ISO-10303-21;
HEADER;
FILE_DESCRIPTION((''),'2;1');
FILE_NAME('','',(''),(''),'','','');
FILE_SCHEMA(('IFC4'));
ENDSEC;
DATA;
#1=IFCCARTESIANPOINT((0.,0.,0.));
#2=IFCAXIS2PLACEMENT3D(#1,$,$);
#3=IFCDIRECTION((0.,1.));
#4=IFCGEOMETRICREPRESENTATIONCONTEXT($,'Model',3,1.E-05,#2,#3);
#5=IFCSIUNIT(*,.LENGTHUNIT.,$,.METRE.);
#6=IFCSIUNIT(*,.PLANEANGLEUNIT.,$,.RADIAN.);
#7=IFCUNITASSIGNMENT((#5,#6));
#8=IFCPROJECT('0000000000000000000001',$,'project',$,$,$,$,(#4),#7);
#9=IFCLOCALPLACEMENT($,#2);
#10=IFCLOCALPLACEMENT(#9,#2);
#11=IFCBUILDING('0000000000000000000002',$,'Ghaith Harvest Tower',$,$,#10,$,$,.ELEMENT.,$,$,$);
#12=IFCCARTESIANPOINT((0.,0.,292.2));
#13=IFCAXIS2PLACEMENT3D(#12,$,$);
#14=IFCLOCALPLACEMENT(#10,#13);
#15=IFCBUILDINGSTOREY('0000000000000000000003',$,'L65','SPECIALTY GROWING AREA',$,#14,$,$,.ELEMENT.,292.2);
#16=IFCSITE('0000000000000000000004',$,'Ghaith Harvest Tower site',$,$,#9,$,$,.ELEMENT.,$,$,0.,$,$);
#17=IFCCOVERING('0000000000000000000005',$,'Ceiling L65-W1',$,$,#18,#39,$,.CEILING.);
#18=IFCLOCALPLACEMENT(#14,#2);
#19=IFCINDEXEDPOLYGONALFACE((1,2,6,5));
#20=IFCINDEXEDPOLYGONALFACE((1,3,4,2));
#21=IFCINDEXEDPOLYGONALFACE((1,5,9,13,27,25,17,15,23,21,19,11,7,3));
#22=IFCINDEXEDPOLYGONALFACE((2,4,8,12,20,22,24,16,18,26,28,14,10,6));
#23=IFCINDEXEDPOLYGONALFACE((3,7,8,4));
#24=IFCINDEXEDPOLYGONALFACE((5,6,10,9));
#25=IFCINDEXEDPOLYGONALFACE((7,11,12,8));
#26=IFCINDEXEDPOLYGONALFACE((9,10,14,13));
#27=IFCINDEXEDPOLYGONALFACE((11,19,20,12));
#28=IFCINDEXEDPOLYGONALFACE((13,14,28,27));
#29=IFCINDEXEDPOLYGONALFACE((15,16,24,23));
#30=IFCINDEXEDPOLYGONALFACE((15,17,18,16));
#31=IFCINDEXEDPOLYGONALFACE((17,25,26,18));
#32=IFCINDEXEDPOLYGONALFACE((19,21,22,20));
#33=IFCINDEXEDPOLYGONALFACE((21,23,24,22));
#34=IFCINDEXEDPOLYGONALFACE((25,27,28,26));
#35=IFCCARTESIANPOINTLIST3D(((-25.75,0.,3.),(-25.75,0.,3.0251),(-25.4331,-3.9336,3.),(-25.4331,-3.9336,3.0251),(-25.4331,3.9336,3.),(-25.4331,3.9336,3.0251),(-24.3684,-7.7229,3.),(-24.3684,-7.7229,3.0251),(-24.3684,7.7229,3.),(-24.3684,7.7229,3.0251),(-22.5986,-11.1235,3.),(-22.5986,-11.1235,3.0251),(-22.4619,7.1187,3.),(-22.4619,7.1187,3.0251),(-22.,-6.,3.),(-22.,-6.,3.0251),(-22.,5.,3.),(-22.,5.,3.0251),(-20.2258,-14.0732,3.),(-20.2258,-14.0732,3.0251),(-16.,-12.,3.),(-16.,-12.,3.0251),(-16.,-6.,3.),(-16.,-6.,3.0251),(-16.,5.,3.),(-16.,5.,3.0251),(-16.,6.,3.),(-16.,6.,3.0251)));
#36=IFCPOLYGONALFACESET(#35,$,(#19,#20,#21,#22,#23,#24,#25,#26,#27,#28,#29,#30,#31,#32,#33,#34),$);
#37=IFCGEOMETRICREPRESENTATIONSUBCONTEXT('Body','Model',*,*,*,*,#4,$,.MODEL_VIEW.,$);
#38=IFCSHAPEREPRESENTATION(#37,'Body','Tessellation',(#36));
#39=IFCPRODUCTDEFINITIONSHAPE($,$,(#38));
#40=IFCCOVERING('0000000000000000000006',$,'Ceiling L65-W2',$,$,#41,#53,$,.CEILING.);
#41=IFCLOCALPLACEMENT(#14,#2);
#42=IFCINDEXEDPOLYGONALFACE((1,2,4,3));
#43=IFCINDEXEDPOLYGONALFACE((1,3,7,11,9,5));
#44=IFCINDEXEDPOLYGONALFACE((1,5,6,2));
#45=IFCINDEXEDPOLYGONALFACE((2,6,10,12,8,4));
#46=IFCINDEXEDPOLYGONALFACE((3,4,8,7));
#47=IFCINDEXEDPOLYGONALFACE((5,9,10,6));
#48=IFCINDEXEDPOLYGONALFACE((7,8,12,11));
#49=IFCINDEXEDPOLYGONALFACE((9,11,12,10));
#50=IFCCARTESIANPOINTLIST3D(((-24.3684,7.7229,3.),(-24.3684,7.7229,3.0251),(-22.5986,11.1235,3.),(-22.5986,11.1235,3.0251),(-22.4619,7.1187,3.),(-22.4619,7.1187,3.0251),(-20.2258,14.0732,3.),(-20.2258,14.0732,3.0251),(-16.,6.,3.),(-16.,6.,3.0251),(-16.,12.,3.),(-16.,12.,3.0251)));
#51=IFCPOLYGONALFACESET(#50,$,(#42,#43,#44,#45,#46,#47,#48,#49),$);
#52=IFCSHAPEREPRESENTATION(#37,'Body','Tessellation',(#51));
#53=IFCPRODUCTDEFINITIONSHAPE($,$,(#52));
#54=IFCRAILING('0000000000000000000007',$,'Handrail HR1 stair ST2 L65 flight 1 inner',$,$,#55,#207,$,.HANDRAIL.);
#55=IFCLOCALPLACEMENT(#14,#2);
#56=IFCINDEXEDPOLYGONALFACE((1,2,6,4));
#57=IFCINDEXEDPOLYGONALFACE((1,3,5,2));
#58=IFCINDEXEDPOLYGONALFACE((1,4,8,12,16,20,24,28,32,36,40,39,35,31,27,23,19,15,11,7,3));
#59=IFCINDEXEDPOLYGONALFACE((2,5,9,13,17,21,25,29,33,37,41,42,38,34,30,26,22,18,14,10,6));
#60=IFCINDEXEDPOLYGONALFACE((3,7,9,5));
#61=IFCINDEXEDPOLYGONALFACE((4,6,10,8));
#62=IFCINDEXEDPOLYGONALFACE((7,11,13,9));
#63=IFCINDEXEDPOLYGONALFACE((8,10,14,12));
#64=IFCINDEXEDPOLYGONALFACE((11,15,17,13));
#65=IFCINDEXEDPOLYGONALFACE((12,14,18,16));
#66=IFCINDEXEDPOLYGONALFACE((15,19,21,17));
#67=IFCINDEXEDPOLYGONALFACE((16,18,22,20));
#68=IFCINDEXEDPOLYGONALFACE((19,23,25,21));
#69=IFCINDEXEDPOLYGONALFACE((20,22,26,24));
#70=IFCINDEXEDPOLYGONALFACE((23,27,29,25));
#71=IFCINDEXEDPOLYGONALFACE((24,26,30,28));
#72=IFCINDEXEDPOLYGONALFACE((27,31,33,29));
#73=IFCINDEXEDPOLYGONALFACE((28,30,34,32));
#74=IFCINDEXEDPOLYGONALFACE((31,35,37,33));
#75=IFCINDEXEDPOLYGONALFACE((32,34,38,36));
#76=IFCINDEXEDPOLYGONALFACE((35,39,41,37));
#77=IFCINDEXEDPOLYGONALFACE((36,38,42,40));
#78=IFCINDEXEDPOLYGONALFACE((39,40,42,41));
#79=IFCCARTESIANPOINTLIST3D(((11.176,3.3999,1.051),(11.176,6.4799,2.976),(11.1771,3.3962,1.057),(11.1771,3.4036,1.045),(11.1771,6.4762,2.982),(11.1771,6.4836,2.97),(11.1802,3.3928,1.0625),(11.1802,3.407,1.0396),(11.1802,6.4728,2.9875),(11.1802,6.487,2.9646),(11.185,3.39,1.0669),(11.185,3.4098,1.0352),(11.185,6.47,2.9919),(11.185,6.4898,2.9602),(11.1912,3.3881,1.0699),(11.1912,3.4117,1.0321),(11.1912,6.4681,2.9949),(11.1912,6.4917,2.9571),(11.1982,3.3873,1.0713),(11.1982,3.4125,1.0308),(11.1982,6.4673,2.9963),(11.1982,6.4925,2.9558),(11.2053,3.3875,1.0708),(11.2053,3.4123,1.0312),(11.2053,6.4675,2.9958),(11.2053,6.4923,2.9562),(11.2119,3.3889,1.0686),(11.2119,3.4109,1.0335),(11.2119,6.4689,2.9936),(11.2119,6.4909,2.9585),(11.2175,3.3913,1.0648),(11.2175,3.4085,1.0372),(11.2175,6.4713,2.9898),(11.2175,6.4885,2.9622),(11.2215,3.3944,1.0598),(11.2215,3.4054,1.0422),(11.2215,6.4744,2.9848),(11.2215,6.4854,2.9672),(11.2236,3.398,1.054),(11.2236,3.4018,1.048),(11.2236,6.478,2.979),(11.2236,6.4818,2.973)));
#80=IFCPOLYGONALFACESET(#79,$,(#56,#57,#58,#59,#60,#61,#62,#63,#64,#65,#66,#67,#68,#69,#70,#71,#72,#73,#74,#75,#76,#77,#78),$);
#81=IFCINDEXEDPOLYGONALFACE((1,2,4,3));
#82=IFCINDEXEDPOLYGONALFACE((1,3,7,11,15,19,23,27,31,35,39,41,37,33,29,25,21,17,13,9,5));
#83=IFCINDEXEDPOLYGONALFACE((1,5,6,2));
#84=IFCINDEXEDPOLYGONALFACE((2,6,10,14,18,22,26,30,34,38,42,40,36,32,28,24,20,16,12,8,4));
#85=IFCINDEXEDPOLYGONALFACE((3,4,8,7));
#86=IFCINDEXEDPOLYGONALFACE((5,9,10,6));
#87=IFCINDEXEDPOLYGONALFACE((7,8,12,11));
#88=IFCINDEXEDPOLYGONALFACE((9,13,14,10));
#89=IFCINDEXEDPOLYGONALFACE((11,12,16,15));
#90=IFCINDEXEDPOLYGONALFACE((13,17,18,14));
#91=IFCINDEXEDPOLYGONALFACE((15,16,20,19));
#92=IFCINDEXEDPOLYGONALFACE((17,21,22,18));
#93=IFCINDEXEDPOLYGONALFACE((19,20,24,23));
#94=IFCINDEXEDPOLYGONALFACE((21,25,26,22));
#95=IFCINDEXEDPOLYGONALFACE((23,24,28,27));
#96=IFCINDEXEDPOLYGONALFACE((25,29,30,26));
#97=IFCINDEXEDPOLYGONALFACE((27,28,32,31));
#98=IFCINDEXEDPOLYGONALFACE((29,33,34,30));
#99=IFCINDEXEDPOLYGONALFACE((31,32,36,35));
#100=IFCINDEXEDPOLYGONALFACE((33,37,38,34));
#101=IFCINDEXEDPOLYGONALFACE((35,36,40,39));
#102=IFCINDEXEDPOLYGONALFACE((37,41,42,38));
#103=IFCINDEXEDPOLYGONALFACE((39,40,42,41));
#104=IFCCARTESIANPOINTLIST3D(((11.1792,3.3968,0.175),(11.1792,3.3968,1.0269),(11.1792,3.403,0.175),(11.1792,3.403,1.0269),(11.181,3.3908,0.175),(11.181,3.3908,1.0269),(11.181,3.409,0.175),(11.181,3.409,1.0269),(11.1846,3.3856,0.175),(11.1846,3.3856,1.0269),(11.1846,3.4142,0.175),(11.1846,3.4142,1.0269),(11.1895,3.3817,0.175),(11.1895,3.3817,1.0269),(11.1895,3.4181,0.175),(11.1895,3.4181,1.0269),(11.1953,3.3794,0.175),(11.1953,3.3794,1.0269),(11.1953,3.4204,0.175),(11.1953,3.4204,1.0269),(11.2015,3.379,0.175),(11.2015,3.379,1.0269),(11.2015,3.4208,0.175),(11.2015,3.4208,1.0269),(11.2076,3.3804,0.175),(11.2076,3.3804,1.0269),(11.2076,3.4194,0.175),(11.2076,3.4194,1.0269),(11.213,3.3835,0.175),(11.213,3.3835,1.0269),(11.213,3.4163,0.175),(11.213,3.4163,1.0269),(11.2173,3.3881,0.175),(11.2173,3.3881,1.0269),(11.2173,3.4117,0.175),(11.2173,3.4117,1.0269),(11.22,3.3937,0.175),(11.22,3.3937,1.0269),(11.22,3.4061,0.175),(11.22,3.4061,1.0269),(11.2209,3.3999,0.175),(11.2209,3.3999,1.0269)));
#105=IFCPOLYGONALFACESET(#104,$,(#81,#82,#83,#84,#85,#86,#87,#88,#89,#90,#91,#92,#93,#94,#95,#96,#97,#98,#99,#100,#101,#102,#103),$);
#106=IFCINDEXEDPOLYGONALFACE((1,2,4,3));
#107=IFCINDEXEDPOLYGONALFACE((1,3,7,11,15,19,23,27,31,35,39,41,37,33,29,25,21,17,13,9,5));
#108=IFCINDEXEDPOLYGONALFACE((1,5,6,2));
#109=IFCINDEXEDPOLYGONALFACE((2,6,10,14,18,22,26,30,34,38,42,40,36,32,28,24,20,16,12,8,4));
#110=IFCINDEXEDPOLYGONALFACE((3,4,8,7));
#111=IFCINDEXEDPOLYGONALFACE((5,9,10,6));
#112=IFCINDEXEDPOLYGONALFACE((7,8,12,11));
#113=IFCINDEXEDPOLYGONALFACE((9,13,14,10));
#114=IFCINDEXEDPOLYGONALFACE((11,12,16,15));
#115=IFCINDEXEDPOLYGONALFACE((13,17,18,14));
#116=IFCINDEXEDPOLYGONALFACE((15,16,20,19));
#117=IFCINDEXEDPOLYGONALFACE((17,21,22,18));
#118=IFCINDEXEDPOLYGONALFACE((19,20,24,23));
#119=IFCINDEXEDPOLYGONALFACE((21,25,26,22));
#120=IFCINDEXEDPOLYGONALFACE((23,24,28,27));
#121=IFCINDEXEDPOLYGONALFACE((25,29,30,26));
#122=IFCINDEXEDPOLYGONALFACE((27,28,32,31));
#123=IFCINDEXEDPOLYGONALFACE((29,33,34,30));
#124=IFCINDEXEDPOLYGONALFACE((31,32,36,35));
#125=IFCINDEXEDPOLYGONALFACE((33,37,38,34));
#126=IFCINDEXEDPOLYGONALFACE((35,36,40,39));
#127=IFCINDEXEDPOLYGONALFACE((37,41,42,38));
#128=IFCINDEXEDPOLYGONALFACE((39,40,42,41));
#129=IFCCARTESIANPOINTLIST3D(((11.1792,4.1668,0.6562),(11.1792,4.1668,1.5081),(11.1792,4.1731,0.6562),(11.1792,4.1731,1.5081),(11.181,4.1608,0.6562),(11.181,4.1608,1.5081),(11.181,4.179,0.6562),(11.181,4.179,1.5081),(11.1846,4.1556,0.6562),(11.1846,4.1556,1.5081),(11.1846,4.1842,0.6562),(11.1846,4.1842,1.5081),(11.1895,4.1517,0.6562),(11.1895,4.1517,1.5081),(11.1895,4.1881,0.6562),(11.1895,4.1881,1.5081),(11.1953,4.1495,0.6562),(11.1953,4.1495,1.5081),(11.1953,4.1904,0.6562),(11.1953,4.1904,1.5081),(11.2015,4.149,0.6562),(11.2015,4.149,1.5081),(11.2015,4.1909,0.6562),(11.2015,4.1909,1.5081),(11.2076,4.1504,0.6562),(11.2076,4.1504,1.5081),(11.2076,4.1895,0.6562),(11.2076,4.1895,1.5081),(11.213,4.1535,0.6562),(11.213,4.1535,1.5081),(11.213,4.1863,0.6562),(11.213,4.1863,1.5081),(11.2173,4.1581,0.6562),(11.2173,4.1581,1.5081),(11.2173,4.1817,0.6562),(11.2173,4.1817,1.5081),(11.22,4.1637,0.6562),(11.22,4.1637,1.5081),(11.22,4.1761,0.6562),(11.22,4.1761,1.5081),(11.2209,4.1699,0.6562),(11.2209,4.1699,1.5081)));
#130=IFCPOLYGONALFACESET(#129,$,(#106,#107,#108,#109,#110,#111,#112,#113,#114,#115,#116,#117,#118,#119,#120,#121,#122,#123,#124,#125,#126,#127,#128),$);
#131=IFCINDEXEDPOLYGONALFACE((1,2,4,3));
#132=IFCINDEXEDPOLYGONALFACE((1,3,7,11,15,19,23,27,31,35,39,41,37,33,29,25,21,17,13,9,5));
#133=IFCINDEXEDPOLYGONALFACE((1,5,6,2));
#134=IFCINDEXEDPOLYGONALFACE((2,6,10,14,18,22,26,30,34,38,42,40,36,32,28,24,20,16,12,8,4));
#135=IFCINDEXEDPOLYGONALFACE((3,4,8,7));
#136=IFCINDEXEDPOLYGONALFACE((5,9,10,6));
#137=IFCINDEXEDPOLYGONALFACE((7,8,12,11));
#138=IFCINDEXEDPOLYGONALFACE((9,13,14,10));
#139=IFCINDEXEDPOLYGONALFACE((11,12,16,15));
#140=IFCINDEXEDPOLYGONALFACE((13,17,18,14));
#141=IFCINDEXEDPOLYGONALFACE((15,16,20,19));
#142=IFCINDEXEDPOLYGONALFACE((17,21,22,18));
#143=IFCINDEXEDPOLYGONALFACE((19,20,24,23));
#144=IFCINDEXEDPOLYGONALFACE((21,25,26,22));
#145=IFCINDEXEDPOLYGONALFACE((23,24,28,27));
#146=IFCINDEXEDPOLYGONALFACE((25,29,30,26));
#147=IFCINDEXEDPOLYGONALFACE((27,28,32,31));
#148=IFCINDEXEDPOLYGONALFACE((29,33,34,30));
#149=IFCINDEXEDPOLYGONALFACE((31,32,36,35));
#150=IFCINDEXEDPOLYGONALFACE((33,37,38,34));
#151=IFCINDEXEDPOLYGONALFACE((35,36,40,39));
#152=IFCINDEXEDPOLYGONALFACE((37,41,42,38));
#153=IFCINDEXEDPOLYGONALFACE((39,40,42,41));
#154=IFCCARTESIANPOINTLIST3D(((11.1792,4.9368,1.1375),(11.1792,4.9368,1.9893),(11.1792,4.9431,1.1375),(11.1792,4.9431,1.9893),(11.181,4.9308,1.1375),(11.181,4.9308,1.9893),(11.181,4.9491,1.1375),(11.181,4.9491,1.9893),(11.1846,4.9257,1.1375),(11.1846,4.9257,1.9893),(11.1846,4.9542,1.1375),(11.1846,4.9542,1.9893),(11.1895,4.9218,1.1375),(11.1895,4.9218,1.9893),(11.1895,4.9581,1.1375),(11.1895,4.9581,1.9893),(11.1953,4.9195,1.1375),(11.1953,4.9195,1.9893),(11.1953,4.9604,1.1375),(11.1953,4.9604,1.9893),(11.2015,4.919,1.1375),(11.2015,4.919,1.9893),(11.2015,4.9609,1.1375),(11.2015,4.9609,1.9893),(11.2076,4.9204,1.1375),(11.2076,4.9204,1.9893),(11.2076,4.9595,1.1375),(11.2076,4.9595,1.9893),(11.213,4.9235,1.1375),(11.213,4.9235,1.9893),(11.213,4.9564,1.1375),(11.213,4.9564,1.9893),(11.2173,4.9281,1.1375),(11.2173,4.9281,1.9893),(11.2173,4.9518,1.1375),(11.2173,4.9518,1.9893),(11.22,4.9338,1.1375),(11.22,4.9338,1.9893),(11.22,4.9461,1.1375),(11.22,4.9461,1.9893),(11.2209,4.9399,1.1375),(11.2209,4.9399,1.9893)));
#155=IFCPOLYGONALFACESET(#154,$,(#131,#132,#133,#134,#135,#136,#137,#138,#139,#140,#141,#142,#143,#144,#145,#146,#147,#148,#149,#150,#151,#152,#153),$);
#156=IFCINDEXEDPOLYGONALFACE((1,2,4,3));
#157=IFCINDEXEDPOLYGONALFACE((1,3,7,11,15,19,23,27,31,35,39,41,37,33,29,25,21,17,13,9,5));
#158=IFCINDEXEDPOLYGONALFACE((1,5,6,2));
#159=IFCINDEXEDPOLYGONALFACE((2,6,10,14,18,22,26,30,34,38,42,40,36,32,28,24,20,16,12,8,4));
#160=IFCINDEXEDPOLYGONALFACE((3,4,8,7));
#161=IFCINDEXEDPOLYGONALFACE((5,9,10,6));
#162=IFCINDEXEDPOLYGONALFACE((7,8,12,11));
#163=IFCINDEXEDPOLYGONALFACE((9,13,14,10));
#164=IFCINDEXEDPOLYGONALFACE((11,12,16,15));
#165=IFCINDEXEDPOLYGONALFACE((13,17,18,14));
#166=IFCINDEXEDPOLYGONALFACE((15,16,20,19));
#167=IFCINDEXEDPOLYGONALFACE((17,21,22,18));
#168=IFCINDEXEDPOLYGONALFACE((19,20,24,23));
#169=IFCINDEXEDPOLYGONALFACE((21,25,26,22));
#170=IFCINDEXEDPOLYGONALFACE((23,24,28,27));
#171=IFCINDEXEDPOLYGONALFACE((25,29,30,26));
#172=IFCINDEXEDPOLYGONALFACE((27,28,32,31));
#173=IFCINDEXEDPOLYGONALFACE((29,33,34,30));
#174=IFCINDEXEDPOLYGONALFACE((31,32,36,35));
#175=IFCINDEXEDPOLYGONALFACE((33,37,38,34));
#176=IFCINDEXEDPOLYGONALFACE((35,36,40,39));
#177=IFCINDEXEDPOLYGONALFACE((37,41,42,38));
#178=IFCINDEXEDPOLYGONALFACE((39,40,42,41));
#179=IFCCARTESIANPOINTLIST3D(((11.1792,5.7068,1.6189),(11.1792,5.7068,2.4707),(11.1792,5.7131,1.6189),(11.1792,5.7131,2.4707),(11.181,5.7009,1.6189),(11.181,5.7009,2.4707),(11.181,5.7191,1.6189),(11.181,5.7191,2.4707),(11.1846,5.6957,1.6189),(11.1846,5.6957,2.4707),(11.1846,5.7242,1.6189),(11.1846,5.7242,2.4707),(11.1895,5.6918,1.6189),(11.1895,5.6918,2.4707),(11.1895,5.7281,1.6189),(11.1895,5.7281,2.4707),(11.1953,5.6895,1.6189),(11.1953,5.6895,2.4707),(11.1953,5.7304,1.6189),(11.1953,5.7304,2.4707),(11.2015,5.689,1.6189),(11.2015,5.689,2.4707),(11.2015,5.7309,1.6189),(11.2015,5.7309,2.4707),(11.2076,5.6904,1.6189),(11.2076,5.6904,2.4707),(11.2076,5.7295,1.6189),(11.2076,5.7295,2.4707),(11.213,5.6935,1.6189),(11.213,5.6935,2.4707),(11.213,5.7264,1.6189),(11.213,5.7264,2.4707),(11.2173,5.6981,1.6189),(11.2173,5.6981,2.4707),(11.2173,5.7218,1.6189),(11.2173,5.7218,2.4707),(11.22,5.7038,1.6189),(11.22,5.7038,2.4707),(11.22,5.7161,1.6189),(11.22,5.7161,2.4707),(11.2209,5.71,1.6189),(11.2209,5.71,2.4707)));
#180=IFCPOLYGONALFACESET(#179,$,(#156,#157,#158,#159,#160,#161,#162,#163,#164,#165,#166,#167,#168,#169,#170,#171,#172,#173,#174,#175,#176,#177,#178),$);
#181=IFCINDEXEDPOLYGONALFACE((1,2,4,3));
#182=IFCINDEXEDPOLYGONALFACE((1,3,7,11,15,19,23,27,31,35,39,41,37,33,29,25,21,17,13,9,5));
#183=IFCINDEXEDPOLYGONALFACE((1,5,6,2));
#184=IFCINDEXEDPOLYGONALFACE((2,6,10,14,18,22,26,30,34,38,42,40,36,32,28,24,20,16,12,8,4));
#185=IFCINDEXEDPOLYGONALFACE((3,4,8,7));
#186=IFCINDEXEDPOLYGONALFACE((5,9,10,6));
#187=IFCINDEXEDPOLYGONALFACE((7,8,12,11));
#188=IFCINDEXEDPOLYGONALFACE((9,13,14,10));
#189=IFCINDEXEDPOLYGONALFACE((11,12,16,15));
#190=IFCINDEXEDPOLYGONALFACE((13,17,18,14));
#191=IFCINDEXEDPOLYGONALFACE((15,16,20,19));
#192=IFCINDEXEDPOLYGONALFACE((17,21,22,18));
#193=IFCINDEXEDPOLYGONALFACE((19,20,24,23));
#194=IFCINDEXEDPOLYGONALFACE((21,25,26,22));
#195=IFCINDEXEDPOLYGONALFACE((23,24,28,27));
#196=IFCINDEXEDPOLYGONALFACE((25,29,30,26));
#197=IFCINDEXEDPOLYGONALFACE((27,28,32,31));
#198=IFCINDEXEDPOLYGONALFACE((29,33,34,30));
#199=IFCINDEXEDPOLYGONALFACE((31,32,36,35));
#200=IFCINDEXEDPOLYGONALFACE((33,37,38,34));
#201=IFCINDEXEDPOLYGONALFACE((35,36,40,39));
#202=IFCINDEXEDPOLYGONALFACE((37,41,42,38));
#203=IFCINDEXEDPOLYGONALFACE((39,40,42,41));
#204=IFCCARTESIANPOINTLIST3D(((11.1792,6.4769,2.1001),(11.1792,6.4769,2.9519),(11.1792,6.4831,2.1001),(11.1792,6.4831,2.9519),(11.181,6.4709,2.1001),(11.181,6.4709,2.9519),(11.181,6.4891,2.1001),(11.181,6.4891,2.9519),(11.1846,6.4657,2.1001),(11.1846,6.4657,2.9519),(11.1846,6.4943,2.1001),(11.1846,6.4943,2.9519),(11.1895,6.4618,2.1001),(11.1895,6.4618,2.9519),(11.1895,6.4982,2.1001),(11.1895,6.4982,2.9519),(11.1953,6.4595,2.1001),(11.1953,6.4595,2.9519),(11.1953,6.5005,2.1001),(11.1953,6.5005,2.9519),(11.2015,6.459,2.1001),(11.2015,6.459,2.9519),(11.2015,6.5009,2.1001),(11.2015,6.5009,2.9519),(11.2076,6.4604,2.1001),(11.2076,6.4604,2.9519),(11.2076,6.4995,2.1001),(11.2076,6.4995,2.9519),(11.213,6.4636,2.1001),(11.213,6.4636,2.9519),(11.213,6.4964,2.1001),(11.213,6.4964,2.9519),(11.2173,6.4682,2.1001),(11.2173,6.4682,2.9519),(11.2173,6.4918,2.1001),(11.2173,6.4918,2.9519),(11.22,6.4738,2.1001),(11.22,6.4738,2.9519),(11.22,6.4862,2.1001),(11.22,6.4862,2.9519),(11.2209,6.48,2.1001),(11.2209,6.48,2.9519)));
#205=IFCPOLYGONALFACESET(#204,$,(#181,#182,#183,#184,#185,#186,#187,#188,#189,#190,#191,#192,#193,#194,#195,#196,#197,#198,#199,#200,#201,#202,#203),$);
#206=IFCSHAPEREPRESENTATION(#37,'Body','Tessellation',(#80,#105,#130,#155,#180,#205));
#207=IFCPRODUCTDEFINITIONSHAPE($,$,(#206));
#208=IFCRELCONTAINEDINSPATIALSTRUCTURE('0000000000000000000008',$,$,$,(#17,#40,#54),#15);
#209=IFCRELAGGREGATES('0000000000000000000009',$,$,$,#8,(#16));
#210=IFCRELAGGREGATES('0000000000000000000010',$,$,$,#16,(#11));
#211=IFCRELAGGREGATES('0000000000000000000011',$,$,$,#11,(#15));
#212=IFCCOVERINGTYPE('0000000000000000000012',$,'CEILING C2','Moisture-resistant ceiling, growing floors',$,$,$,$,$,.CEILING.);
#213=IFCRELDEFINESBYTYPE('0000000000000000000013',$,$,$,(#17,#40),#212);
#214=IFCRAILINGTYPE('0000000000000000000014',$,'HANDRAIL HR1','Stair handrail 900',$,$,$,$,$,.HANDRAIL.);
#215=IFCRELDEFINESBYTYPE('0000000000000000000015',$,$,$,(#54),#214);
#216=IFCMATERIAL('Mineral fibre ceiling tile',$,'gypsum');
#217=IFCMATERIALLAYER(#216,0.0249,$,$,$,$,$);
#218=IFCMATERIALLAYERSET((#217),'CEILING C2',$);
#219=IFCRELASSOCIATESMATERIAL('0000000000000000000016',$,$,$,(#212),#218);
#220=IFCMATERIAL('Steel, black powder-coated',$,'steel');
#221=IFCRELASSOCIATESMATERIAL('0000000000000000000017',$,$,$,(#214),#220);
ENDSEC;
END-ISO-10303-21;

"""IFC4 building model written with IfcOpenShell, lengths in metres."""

from ifc_helpers import new_model, si_unit, direction, frame, origin, origin_2d, place, context, subcontext, project, spatial, polyline, circle, outline, extrude, material, layer, layer_set, type_object, element, save


model = new_model("IFC4")

# Units and contexts
model_context = context("Model", 3, precision=1e-05, world=origin(), true_north=direction((0.0, 1.0)))
body_context = subcontext(model_context, "Body", "Model", "MODEL_VIEW")
ifc_project = project(units=[si_unit("LENGTHUNIT", "METRE"), si_unit("PLANEANGLEUNIT", "RADIAN")], contexts=[model_context])

# Site, building, storey
site_placement = place(None, origin())
site = spatial("IfcSite", under=ifc_project, at=site_placement, Name="Ghaith Harvest Tower site", CompositionType="ELEMENT", RefElevation=0.0)
building_placement = place(site_placement, origin())
building = spatial("IfcBuilding", under=site, at=building_placement, Name="Ghaith Harvest Tower", CompositionType="ELEMENT")
storey_placement = place(building_placement, frame((0.0, 0.0, 292.2)))
storey = spatial("IfcBuildingStorey", under=building, at=storey_placement, Name="L65", Description="SPECIALTY GROWING AREA", CompositionType="ELEMENT", Elevation=292.2)

# Coverings
ifc_material_1 = material(Name="Mineral fibre ceiling tile", Category="gypsum")
ifc_layer_1 = layer(ifc_material_1, 0.0249)
ifc_layer_set_1 = layer_set([ifc_layer_1], Name="CEILING C2")
covering_type = type_object("IfcCoveringType", Name="CEILING C2", Description="Moisture-resistant ceiling, growing floors", PredefinedType="CEILING", material=ifc_layer_set_1)
covering_1_placement = place(storey_placement, frame((0.0, 0.0, 3.0)))
element("IfcCovering", 1, at=covering_1_placement, inside=storey, type_object=covering_type, Name="Ceiling L65-W1", PredefinedType="CEILING", context=body_context, shape_type="SweptSolid", body=[
    extrude(outline(polyline([(-22.5986, -11.1235), (-24.3684, -7.7229), (-25.4331, -3.9336), (-25.75, 0.0), (-25.4331, 3.9336), (-24.3684, 7.7229), (-24.3684, 7.7229), (-22.4619, 7.1187), (-16.0, 6.0), (-16.0, 5.0), (-22.0, 5.0), (-22.0, -6.0), (-16.0, -6.0), (-16.0, -12.0), (-20.2258, -14.0732), (-22.5986, -11.1235)])), origin(), (0.0, 0.0, 1.0), 0.0251),
])
covering_2_placement = place(storey_placement, frame((0.0, 0.0, 3.0)))
element("IfcCovering", 2, at=covering_2_placement, inside=storey, type_object=covering_type, Name="Ceiling L65-W2", PredefinedType="CEILING", context=body_context, shape_type="SweptSolid", body=[
    extrude(outline(polyline([(-24.3684, 7.7229), (-24.3684, 7.7229), (-22.5986, 11.1235), (-20.2258, 14.0732), (-16.0, 12.0), (-16.0, 6.0), (-22.4619, 7.1187), (-24.3684, 7.7229), (-24.3684, 7.7229)])), origin(), (0.0, 0.0, 1.0), 0.0251),
])

# Railing
ifc_material_2 = material(Name="Steel, black powder-coated", Category="steel")
railing_type = type_object("IfcRailingType", Name="HANDRAIL HR1", Description="Stair handrail 900", PredefinedType="HANDRAIL", material=ifc_material_2)
railing_1_placement = place(storey_placement, frame((11.2, 3.3999, 0.175)))
element("IfcRailing", 3, at=railing_1_placement, inside=storey, type_object=railing_type, Name="Handrail HR1 stair ST2 L65 flight 1 inner", PredefinedType="HANDRAIL", context=body_context, shape_type="SweptSolid", body=[
    extrude(circle(Radius=0.0239, at=origin_2d()), frame((0.0, 0.0, 0.876), z_axis=(0.0, 0.847998, 0.529999), x_axis=(-1.0, 0.0, 0.0)), (0.0, 0.0, 1.0), 3.6321),
    extrude(circle(Radius=0.021, at=origin_2d()), origin(), (0.0, 0.0, 1.0), 0.8518),
    extrude(circle(Radius=0.021, at=origin_2d()), frame((0.0, 0.77, 0.4812)), (0.0, 0.0, 1.0), 0.8518),
    extrude(circle(Radius=0.021, at=origin_2d()), frame((0.0, 1.54, 0.9624)), (0.0, 0.0, 1.0), 0.8518),
    extrude(circle(Radius=0.021, at=origin_2d()), frame((0.0, 2.3101, 1.4438)), (0.0, 0.0, 1.0), 0.8518),
    extrude(circle(Radius=0.021, at=origin_2d()), frame((0.0, 3.0801, 1.925)), (0.0, 0.0, 1.0), 0.8518),
])

save(model, "model.ifc")
